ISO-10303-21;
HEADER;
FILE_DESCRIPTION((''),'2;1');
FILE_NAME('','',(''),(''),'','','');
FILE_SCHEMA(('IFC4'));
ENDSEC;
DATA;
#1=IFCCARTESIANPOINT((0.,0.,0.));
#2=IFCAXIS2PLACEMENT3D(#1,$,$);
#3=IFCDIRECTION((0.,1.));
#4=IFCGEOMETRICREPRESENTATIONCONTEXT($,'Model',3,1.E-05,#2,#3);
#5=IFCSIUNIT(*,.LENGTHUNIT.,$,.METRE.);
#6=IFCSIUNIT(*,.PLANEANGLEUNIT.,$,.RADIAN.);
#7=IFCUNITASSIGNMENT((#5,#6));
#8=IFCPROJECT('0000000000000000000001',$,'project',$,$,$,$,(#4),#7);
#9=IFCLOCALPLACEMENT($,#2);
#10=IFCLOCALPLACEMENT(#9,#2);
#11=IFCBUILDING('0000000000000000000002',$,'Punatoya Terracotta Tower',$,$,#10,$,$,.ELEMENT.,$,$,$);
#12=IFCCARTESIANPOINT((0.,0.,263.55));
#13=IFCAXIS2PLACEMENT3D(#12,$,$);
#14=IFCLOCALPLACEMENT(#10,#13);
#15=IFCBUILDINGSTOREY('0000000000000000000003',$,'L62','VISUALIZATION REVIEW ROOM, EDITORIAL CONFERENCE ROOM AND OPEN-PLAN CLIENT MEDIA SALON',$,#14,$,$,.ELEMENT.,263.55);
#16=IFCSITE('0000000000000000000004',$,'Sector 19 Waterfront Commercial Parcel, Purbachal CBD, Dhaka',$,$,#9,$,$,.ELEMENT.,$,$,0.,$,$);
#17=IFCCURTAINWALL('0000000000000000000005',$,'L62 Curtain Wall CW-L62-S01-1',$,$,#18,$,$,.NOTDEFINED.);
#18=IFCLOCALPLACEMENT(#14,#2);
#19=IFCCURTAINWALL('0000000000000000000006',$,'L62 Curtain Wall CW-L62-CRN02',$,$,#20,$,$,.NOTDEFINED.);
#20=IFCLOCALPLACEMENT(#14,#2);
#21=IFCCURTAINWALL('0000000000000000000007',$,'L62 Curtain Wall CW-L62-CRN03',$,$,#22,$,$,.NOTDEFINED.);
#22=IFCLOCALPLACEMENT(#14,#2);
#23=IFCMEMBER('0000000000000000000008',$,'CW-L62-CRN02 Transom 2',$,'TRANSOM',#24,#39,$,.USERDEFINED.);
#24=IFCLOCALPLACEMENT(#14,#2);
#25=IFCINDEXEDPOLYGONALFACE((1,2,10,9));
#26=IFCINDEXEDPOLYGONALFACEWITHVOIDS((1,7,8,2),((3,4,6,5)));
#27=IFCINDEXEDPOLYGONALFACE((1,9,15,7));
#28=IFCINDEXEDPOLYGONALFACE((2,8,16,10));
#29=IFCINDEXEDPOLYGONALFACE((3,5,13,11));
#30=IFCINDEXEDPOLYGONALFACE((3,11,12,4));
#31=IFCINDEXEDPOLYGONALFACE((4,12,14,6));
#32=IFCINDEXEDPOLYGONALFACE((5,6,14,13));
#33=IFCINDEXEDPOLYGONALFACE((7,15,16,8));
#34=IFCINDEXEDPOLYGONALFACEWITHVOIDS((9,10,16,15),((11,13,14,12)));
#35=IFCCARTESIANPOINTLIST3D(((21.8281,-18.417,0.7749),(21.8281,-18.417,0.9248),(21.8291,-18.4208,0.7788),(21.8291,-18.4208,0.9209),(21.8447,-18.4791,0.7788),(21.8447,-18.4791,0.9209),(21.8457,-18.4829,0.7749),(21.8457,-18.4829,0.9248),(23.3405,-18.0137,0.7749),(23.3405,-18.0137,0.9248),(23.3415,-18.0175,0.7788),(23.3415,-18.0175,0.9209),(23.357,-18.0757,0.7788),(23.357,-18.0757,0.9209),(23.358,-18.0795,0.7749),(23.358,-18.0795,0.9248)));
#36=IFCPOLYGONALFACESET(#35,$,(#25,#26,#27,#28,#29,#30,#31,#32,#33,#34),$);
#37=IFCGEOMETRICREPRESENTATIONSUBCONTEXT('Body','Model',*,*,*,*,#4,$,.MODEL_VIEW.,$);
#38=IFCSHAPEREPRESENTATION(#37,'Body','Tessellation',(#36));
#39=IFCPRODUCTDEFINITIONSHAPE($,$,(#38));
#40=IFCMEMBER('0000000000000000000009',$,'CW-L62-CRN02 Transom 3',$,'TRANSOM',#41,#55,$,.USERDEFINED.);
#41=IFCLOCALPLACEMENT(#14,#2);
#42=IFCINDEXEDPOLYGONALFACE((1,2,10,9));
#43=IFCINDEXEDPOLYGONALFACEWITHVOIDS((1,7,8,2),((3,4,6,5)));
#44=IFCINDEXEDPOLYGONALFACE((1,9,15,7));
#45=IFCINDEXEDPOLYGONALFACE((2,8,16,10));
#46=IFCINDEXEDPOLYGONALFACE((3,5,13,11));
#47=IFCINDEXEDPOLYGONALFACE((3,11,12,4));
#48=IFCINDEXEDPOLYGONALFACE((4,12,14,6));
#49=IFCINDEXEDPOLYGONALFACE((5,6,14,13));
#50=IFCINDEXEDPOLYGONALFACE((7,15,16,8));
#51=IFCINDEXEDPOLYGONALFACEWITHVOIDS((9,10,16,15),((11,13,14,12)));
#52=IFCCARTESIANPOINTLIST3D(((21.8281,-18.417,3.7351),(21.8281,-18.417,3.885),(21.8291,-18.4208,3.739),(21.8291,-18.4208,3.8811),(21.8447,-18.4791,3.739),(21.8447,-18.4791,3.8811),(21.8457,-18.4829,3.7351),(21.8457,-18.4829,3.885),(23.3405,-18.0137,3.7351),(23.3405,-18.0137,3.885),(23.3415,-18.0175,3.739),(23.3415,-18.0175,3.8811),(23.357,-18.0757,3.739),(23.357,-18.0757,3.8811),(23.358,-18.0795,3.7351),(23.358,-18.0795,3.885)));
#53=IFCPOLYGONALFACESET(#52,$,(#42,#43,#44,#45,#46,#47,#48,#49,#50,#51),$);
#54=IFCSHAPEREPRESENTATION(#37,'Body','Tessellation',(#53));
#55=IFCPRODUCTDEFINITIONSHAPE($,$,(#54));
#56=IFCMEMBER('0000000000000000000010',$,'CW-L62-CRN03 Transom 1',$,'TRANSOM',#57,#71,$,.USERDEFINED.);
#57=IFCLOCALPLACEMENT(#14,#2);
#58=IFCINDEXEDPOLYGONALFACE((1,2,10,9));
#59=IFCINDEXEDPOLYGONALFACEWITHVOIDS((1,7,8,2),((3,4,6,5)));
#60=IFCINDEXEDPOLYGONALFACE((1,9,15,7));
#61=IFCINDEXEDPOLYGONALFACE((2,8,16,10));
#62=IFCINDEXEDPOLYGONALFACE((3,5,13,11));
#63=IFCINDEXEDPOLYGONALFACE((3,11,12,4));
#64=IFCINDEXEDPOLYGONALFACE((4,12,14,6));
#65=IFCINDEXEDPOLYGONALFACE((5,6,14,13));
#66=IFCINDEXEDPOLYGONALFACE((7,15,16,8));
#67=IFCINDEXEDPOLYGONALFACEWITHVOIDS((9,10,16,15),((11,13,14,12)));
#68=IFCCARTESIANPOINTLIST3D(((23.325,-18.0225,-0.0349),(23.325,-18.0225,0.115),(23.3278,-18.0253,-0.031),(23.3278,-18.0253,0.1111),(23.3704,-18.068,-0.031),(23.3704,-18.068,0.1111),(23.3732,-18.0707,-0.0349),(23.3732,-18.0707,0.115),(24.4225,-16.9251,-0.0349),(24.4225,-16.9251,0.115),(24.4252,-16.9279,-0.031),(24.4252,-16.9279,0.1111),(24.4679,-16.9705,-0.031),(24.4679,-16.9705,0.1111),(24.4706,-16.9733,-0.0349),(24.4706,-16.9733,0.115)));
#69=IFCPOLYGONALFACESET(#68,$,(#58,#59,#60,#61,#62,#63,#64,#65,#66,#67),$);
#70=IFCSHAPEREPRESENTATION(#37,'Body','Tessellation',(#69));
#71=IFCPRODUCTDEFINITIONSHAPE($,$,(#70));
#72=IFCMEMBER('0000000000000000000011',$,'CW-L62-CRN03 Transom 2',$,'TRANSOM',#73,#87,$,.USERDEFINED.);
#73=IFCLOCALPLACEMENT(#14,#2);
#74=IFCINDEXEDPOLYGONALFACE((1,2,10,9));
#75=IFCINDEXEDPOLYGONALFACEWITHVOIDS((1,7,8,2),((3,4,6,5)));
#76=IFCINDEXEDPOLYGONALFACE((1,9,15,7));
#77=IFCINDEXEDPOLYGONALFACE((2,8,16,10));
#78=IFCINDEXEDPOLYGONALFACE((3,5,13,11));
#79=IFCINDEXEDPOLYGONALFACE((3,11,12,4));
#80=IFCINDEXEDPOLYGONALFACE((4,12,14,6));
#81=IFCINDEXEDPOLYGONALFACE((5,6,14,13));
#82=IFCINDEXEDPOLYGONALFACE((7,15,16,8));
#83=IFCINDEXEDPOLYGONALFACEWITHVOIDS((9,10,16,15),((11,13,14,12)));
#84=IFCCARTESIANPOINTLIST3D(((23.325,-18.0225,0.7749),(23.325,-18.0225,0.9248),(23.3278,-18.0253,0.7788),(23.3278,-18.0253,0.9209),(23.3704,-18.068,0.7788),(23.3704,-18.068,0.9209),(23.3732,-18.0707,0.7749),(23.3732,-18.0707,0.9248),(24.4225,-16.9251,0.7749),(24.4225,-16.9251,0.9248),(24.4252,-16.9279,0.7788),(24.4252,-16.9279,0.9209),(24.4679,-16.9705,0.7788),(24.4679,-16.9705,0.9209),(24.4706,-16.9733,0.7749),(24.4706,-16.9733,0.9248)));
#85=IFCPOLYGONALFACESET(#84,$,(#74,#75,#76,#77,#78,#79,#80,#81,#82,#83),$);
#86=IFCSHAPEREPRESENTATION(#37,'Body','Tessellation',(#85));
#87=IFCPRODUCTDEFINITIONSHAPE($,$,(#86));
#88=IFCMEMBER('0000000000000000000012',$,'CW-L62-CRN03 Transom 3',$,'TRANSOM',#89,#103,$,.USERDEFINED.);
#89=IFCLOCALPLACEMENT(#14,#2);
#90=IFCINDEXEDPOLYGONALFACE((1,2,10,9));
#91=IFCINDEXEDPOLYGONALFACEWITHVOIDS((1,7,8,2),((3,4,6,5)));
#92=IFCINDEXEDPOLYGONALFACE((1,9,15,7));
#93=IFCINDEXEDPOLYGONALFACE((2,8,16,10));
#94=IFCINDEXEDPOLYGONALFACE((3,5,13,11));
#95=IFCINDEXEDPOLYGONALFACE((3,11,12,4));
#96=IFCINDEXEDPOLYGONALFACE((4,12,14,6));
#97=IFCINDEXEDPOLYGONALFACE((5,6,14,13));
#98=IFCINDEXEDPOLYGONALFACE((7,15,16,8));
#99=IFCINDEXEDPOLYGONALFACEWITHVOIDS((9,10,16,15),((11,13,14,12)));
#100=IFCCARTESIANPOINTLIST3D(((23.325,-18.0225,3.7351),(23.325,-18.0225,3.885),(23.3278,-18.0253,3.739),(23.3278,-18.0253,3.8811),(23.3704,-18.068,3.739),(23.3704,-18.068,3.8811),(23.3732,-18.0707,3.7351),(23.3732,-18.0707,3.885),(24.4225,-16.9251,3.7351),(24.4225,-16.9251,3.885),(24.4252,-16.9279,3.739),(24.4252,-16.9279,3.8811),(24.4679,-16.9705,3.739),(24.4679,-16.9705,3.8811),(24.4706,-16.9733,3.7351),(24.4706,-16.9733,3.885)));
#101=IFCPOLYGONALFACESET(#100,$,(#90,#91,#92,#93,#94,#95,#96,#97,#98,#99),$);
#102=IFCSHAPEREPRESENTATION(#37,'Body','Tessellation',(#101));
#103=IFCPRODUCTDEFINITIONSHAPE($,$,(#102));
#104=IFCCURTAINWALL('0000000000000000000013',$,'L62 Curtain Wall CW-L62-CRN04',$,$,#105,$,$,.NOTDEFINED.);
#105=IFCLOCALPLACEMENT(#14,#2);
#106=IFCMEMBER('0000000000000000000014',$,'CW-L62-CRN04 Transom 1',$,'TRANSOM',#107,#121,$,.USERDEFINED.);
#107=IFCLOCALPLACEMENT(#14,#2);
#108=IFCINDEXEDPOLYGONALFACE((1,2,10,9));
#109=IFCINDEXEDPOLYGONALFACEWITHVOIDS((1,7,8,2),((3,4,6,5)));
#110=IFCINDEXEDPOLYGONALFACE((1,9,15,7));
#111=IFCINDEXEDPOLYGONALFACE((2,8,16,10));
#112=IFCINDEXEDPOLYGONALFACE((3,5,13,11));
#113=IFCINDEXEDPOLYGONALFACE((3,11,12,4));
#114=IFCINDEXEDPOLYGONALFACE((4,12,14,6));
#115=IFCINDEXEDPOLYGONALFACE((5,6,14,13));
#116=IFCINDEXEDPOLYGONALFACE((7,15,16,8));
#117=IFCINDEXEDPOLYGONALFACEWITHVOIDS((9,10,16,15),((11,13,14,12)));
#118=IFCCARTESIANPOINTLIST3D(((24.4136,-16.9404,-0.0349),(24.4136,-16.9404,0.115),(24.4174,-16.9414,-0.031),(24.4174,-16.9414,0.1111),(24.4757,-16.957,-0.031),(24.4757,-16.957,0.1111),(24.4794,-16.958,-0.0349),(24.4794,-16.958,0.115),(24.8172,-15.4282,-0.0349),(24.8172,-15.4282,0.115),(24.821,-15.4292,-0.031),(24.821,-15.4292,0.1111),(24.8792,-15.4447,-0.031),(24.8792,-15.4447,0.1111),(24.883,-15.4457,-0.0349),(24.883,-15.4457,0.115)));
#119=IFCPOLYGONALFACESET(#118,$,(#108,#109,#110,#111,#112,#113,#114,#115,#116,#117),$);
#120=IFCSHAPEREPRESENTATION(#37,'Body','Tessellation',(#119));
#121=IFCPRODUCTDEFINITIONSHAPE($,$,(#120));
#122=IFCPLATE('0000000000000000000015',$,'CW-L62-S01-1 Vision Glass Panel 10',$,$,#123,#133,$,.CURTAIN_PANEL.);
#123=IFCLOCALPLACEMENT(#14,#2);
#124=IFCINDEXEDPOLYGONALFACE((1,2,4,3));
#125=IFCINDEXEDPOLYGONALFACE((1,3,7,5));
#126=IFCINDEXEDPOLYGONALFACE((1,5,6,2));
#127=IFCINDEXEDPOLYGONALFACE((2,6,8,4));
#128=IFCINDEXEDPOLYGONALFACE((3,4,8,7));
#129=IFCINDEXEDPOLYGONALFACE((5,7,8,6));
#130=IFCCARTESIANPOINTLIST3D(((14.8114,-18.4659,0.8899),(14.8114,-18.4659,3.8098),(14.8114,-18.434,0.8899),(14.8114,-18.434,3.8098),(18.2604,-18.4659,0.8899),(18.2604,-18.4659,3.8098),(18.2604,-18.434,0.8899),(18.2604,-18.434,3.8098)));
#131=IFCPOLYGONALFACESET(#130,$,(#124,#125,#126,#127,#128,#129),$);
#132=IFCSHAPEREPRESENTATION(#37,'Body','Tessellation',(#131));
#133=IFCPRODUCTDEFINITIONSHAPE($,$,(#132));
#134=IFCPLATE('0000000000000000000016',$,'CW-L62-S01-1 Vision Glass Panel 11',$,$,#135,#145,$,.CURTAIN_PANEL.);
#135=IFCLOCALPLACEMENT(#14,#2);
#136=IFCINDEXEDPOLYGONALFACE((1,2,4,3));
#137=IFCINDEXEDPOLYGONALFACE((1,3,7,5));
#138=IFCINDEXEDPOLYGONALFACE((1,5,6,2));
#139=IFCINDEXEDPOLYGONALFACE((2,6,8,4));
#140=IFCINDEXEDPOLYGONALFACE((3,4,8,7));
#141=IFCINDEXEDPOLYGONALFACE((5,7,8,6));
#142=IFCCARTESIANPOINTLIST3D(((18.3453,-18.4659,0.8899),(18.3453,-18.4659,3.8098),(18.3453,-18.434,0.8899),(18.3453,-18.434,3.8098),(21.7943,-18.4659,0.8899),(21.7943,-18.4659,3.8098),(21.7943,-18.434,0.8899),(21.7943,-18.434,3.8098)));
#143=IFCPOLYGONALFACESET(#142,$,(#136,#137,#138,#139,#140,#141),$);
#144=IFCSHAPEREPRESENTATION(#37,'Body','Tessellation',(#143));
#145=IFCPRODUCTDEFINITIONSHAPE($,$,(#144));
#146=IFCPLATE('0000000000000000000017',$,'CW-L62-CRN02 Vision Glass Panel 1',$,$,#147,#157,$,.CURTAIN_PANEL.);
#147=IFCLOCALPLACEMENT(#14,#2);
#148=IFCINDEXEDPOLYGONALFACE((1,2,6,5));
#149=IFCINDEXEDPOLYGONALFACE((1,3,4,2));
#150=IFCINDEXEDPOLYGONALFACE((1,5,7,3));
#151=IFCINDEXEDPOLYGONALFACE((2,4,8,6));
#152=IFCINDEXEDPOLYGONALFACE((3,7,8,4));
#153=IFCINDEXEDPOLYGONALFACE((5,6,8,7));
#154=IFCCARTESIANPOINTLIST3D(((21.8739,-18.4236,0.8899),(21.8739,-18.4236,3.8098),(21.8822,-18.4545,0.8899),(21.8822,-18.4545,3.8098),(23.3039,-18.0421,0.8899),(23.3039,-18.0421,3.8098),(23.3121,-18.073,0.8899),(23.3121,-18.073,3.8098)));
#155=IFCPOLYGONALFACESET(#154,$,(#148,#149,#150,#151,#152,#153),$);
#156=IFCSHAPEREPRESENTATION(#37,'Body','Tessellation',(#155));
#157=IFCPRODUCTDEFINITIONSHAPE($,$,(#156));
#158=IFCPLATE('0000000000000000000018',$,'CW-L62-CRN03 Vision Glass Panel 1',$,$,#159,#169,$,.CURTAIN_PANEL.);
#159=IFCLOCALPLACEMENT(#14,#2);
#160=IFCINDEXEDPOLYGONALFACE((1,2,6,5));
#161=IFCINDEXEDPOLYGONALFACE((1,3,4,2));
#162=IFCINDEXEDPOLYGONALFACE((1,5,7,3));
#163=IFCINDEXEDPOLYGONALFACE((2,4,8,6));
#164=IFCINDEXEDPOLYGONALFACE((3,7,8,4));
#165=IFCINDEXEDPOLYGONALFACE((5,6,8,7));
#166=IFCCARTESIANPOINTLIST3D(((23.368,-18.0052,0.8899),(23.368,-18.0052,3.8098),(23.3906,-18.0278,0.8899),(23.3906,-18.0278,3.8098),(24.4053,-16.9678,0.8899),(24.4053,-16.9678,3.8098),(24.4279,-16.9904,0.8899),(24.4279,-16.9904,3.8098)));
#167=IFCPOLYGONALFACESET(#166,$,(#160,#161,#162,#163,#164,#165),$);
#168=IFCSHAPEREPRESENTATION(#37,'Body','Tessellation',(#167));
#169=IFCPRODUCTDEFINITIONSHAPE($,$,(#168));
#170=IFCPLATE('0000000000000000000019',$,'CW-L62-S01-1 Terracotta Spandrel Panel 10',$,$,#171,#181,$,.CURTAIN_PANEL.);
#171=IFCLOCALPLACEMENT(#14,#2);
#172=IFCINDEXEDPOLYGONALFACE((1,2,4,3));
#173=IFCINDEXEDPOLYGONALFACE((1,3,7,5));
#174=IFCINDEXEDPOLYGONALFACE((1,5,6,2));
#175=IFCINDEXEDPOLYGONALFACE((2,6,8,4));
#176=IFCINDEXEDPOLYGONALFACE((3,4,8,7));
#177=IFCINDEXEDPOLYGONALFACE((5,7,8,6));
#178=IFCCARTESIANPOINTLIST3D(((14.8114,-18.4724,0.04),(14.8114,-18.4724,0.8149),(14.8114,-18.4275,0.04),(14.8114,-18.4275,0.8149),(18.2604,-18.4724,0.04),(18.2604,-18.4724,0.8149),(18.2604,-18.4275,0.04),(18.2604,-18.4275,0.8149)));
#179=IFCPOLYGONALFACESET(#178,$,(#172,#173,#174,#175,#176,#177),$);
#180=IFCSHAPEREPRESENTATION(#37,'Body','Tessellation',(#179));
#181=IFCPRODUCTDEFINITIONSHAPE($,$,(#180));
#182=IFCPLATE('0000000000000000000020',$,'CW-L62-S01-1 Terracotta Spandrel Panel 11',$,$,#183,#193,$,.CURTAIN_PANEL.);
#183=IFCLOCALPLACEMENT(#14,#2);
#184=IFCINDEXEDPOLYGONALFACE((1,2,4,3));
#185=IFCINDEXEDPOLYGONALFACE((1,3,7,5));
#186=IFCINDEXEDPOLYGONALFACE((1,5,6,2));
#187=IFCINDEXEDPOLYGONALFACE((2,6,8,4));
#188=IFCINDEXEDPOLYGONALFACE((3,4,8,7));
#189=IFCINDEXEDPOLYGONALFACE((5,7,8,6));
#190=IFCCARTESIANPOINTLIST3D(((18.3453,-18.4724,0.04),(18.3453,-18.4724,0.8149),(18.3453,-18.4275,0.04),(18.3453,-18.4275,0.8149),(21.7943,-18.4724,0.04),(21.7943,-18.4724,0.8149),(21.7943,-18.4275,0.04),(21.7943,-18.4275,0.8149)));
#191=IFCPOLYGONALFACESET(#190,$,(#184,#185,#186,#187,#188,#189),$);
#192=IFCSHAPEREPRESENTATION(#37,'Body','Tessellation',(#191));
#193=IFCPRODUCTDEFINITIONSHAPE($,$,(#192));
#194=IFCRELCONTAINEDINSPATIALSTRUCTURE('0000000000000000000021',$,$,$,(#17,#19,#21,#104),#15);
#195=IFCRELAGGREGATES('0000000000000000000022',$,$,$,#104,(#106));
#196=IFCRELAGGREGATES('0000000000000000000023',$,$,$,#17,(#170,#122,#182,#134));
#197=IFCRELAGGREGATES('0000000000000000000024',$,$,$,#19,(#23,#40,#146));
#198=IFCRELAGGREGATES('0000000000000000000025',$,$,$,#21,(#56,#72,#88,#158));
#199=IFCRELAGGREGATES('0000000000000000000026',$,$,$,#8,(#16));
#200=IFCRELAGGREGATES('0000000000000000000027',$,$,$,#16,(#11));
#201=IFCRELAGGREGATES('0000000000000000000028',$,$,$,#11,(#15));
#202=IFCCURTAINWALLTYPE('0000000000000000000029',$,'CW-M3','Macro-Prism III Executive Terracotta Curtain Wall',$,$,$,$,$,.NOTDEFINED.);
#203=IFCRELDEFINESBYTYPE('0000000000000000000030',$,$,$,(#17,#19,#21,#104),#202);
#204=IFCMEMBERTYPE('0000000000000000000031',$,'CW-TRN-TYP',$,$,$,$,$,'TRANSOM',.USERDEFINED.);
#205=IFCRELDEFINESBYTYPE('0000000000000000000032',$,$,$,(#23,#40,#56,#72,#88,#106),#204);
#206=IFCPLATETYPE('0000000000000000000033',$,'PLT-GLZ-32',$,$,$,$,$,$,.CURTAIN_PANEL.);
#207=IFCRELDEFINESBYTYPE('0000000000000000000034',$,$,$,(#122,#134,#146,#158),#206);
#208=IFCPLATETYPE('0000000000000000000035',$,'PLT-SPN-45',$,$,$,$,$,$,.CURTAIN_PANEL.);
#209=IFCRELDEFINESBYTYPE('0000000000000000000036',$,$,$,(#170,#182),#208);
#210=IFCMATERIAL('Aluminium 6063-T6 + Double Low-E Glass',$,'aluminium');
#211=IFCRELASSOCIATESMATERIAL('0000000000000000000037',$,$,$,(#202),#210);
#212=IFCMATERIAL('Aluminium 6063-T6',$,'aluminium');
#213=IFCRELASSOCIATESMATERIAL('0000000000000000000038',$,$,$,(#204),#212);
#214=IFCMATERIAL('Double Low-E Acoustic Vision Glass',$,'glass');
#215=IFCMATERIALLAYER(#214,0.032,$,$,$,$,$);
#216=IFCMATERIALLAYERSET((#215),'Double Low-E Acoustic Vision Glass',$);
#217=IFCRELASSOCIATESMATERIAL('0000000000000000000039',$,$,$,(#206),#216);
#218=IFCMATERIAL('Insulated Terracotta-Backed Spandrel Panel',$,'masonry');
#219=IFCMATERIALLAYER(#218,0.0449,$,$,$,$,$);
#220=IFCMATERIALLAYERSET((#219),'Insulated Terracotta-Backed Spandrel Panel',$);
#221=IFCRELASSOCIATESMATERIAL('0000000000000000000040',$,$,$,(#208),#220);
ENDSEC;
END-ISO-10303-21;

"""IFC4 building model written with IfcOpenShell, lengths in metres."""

from ifc_helpers import new_model, si_unit, direction, frame, origin, origin_2d, place, context, subcontext, project, spatial, rectangle, hollow_rectangle, extrude, material, layer, layer_set, material_profile, profile_set, type_object, element, aggregate, save


model = new_model("IFC4")

# Units and contexts
model_context = context("Model", 3, precision=1e-05, world=origin(), true_north=direction((0.0, 1.0)))
body_context = subcontext(model_context, "Body", "Model", "MODEL_VIEW")
ifc_project = project(units=[si_unit("LENGTHUNIT", "METRE"), si_unit("PLANEANGLEUNIT", "RADIAN")], contexts=[model_context])

# Site, building, storey
site_placement = place(None, origin())
site = spatial("IfcSite", under=ifc_project, at=site_placement, Name="Sector 19 Waterfront Commercial Parcel, Purbachal CBD, Dhaka", CompositionType="ELEMENT", RefElevation=0.0)
building_placement = place(site_placement, origin())
building = spatial("IfcBuilding", under=site, at=building_placement, Name="Punatoya Terracotta Tower", CompositionType="ELEMENT")
storey_placement = place(building_placement, frame((0.0, 0.0, 263.55)))
storey = spatial("IfcBuildingStorey", under=building, at=storey_placement, Name="L62", Description="VISUALIZATION REVIEW ROOM, EDITORIAL CONFERENCE ROOM AND OPEN-PLAN CLIENT MEDIA SALON", CompositionType="ELEMENT", Elevation=263.55)

# Curtain walls
ifc_material_1 = material(Name="Aluminium 6063-T6 + Double Low-E Glass", Category="aluminium")
curtain_wall_type = type_object("IfcCurtainWallType", Name="CW-M3", Description="Macro-Prism III Executive Terracotta Curtain Wall", PredefinedType="NOTDEFINED", material=ifc_material_1)
curtain_wall_1_placement = place(storey_placement, origin())
curtain_wall_1 = element("IfcCurtainWall", 1, at=curtain_wall_1_placement, inside=storey, type_object=curtain_wall_type, Name="L62 Curtain Wall CW-L62-S01-1", PredefinedType="NOTDEFINED")
ifc_material_2 = material(Name="Aluminium 6063-T6", Category="aluminium")
curtain_wall_2_placement = place(storey_placement, origin())
curtain_wall_2 = element("IfcCurtainWall", 2, at=curtain_wall_2_placement, inside=storey, type_object=curtain_wall_type, Name="L62 Curtain Wall CW-L62-CRN02", PredefinedType="NOTDEFINED")
curtain_wall_3_placement = place(storey_placement, origin())
curtain_wall_3 = element("IfcCurtainWall", 3, at=curtain_wall_3_placement, inside=storey, type_object=curtain_wall_type, Name="L62 Curtain Wall CW-L62-CRN03", PredefinedType="NOTDEFINED")

# Members
ifc_material_profile_1 = material_profile(ifc_material_2, hollow_rectangle(XDim=0.0681, YDim=0.1499, WallThickness=0.0039, at=origin_2d()))
ifc_profile_set_1 = profile_set([ifc_material_profile_1], Name="Aluminium 6063-T6")
member_type_1 = type_object("IfcMemberType", Name="CW-TRN-TYP", ElementType="TRANSOM", PredefinedType="USERDEFINED", material=ifc_profile_set_1)
member_1_placement = place(storey_placement, frame((21.8369, -18.45, 0.8499), z_axis=(0.966225, 0.257701, 0.0), x_axis=(-0.257701, 0.966225, 0.0)))
member_1 = element("IfcMember", 4, at=member_1_placement, type_object=member_type_1, Name="CW-L62-CRN02 Transom 2", ObjectType="TRANSOM", PredefinedType="USERDEFINED", context=body_context, shape_type="SweptSolid", body=[
    extrude(hollow_rectangle(XDim=0.0681, YDim=0.1499, WallThickness=0.0039, at=origin_2d()), origin(), (0.0, 0.0, 1.0), 1.5652),
])
member_2_placement = place(storey_placement, frame((21.8369, -18.45, 3.8101), z_axis=(0.966225, 0.257701, 0.0), x_axis=(-0.257701, 0.966225, 0.0)))
member_2 = element("IfcMember", 5, at=member_2_placement, type_object=member_type_1, Name="CW-L62-CRN02 Transom 3", ObjectType="TRANSOM", PredefinedType="USERDEFINED", context=body_context, shape_type="SweptSolid", body=[
    extrude(hollow_rectangle(XDim=0.0681, YDim=0.1499, WallThickness=0.0039, at=origin_2d()), origin(), (0.0, 0.0, 1.0), 1.5652),
])
member_3_placement = place(storey_placement, frame((23.3491, -18.0466, 0.04), z_axis=(0.707107, 0.707107, 0.0), x_axis=(-0.707107, 0.707107, 0.0)))
member_3 = element("IfcMember", 6, at=member_3_placement, type_object=member_type_1, Name="CW-L62-CRN03 Transom 1", ObjectType="TRANSOM", PredefinedType="USERDEFINED", context=body_context, shape_type="SweptSolid", body=[
    extrude(hollow_rectangle(XDim=0.0681, YDim=0.1499, WallThickness=0.0039, at=origin_2d()), origin(), (0.0, 0.0, 1.0), 1.552),
])
member_4_placement = place(storey_placement, frame((23.3491, -18.0466, 0.8499), z_axis=(0.707107, 0.707107, 0.0), x_axis=(-0.707107, 0.707107, 0.0)))
member_4 = element("IfcMember", 7, at=member_4_placement, type_object=member_type_1, Name="CW-L62-CRN03 Transom 2", ObjectType="TRANSOM", PredefinedType="USERDEFINED", context=body_context, shape_type="SweptSolid", body=[
    extrude(hollow_rectangle(XDim=0.0681, YDim=0.1499, WallThickness=0.0039, at=origin_2d()), origin(), (0.0, 0.0, 1.0), 1.552),
])
member_5_placement = place(storey_placement, frame((23.3491, -18.0466, 3.8101), z_axis=(0.707107, 0.707107, 0.0), x_axis=(-0.707107, 0.707107, 0.0)))
member_5 = element("IfcMember", 8, at=member_5_placement, type_object=member_type_1, Name="CW-L62-CRN03 Transom 3", ObjectType="TRANSOM", PredefinedType="USERDEFINED", context=body_context, shape_type="SweptSolid", body=[
    extrude(hollow_rectangle(XDim=0.0681, YDim=0.1499, WallThickness=0.0039, at=origin_2d()), origin(), (0.0, 0.0, 1.0), 1.552),
])

# Curtain wall, member
curtain_wall_4_placement = place(storey_placement, origin())
curtain_wall_4 = element("IfcCurtainWall", 9, at=curtain_wall_4_placement, inside=storey, type_object=curtain_wall_type, Name="L62 Curtain Wall CW-L62-CRN04", PredefinedType="NOTDEFINED")
member_6_placement = place(storey_placement, frame((24.4465, -16.9492, 0.04), z_axis=(0.257847, 0.966186, 0.0), x_axis=(-0.966186, 0.257847, 0.0)))
member_6 = element("IfcMember", 10, at=member_6_placement, type_object=member_type_1, Name="CW-L62-CRN04 Transom 1", ObjectType="TRANSOM", PredefinedType="USERDEFINED", context=body_context, shape_type="SweptSolid", body=[
    extrude(hollow_rectangle(XDim=0.0681, YDim=0.1499, WallThickness=0.0039, at=origin_2d()), origin(), (0.0, 0.0, 1.0), 1.5652),
])
aggregate(curtain_wall_4, [member_6])

# Plates
ifc_material_3 = material(Name="Double Low-E Acoustic Vision Glass", Category="glass")
ifc_layer_1 = layer(ifc_material_3, 0.032)
ifc_layer_set_1 = layer_set([ifc_layer_1], Name="Double Low-E Acoustic Vision Glass")
plate_type_1 = type_object("IfcPlateType", Name="PLT-GLZ-32", PredefinedType="CURTAIN_PANEL", material=ifc_layer_set_1)
plate_1_placement = place(storey_placement, frame((16.5359, -18.45, 0.8899), z_axis=(0.0, 0.0, 1.0), x_axis=(1.0, 0.0, 0.0)))
plate_1 = element("IfcPlate", 11, at=plate_1_placement, type_object=plate_type_1, Name="CW-L62-S01-1 Vision Glass Panel 10", PredefinedType="CURTAIN_PANEL", context=body_context, shape_type="SweptSolid", body=[
    extrude(rectangle(XDim=3.449, YDim=0.032, at=origin_2d()), origin(), (0.0, 0.0, 1.0), 2.9199),
])
plate_2_placement = place(storey_placement, frame((20.0698, -18.45, 0.8899), z_axis=(0.0, 0.0, 1.0), x_axis=(1.0, 0.0, 0.0)))
plate_2 = element("IfcPlate", 12, at=plate_2_placement, type_object=plate_type_1, Name="CW-L62-S01-1 Vision Glass Panel 11", PredefinedType="CURTAIN_PANEL", context=body_context, shape_type="SweptSolid", body=[
    extrude(rectangle(XDim=3.449, YDim=0.032, at=origin_2d()), origin(), (0.0, 0.0, 1.0), 2.9199),
])
plate_3_placement = place(storey_placement, frame((22.593, -18.2483, 0.8899), z_axis=(0.0, 0.0, 1.0), x_axis=(0.966214, 0.257742, 0.0)))
plate_3 = element("IfcPlate", 13, at=plate_3_placement, type_object=plate_type_1, Name="CW-L62-CRN02 Vision Glass Panel 1", PredefinedType="CURTAIN_PANEL", context=body_context, shape_type="SweptSolid", body=[
    extrude(rectangle(XDim=1.48, YDim=0.032, at=origin_2d()), origin(), (0.0, 0.0, 1.0), 2.9199),
])
plate_4_placement = place(storey_placement, frame((23.8979, -17.4978, 0.8899), z_axis=(0.0, 0.0, 1.0), x_axis=(0.707107, 0.707107, 0.0)))
plate_4 = element("IfcPlate", 14, at=plate_4_placement, type_object=plate_type_1, Name="CW-L62-CRN03 Vision Glass Panel 1", PredefinedType="CURTAIN_PANEL", context=body_context, shape_type="SweptSolid", body=[
    extrude(rectangle(XDim=1.467, YDim=0.032, at=origin_2d()), origin(), (0.0, 0.0, 1.0), 2.9199),
])
ifc_material_4 = material(Name="Insulated Terracotta-Backed Spandrel Panel", Category="masonry")
ifc_layer_2 = layer(ifc_material_4, 0.0449)
ifc_layer_set_2 = layer_set([ifc_layer_2], Name="Insulated Terracotta-Backed Spandrel Panel")
plate_type_2 = type_object("IfcPlateType", Name="PLT-SPN-45", PredefinedType="CURTAIN_PANEL", material=ifc_layer_set_2)
plate_5_placement = place(storey_placement, frame((16.5359, -18.45, 0.04), z_axis=(0.0, 0.0, 1.0), x_axis=(1.0, 0.0, 0.0)))
plate_5 = element("IfcPlate", 15, at=plate_5_placement, type_object=plate_type_2, Name="CW-L62-S01-1 Terracotta Spandrel Panel 10", PredefinedType="CURTAIN_PANEL", context=body_context, shape_type="SweptSolid", body=[
    extrude(rectangle(XDim=3.449, YDim=0.0449, at=origin_2d()), origin(), (0.0, 0.0, 1.0), 0.7749),
])
plate_6_placement = place(storey_placement, frame((20.0698, -18.45, 0.04), z_axis=(0.0, 0.0, 1.0), x_axis=(1.0, 0.0, 0.0)))
plate_6 = element("IfcPlate", 16, at=plate_6_placement, type_object=plate_type_2, Name="CW-L62-S01-1 Terracotta Spandrel Panel 11", PredefinedType="CURTAIN_PANEL", context=body_context, shape_type="SweptSolid", body=[
    extrude(rectangle(XDim=3.449, YDim=0.0449, at=origin_2d()), origin(), (0.0, 0.0, 1.0), 0.7749),
])
aggregate(curtain_wall_1, [plate_5, plate_1, plate_6, plate_2])
aggregate(curtain_wall_2, [member_1, member_2, plate_3])
aggregate(curtain_wall_3, [member_3, member_4, member_5, plate_4])

save(model, "model.ifc")
